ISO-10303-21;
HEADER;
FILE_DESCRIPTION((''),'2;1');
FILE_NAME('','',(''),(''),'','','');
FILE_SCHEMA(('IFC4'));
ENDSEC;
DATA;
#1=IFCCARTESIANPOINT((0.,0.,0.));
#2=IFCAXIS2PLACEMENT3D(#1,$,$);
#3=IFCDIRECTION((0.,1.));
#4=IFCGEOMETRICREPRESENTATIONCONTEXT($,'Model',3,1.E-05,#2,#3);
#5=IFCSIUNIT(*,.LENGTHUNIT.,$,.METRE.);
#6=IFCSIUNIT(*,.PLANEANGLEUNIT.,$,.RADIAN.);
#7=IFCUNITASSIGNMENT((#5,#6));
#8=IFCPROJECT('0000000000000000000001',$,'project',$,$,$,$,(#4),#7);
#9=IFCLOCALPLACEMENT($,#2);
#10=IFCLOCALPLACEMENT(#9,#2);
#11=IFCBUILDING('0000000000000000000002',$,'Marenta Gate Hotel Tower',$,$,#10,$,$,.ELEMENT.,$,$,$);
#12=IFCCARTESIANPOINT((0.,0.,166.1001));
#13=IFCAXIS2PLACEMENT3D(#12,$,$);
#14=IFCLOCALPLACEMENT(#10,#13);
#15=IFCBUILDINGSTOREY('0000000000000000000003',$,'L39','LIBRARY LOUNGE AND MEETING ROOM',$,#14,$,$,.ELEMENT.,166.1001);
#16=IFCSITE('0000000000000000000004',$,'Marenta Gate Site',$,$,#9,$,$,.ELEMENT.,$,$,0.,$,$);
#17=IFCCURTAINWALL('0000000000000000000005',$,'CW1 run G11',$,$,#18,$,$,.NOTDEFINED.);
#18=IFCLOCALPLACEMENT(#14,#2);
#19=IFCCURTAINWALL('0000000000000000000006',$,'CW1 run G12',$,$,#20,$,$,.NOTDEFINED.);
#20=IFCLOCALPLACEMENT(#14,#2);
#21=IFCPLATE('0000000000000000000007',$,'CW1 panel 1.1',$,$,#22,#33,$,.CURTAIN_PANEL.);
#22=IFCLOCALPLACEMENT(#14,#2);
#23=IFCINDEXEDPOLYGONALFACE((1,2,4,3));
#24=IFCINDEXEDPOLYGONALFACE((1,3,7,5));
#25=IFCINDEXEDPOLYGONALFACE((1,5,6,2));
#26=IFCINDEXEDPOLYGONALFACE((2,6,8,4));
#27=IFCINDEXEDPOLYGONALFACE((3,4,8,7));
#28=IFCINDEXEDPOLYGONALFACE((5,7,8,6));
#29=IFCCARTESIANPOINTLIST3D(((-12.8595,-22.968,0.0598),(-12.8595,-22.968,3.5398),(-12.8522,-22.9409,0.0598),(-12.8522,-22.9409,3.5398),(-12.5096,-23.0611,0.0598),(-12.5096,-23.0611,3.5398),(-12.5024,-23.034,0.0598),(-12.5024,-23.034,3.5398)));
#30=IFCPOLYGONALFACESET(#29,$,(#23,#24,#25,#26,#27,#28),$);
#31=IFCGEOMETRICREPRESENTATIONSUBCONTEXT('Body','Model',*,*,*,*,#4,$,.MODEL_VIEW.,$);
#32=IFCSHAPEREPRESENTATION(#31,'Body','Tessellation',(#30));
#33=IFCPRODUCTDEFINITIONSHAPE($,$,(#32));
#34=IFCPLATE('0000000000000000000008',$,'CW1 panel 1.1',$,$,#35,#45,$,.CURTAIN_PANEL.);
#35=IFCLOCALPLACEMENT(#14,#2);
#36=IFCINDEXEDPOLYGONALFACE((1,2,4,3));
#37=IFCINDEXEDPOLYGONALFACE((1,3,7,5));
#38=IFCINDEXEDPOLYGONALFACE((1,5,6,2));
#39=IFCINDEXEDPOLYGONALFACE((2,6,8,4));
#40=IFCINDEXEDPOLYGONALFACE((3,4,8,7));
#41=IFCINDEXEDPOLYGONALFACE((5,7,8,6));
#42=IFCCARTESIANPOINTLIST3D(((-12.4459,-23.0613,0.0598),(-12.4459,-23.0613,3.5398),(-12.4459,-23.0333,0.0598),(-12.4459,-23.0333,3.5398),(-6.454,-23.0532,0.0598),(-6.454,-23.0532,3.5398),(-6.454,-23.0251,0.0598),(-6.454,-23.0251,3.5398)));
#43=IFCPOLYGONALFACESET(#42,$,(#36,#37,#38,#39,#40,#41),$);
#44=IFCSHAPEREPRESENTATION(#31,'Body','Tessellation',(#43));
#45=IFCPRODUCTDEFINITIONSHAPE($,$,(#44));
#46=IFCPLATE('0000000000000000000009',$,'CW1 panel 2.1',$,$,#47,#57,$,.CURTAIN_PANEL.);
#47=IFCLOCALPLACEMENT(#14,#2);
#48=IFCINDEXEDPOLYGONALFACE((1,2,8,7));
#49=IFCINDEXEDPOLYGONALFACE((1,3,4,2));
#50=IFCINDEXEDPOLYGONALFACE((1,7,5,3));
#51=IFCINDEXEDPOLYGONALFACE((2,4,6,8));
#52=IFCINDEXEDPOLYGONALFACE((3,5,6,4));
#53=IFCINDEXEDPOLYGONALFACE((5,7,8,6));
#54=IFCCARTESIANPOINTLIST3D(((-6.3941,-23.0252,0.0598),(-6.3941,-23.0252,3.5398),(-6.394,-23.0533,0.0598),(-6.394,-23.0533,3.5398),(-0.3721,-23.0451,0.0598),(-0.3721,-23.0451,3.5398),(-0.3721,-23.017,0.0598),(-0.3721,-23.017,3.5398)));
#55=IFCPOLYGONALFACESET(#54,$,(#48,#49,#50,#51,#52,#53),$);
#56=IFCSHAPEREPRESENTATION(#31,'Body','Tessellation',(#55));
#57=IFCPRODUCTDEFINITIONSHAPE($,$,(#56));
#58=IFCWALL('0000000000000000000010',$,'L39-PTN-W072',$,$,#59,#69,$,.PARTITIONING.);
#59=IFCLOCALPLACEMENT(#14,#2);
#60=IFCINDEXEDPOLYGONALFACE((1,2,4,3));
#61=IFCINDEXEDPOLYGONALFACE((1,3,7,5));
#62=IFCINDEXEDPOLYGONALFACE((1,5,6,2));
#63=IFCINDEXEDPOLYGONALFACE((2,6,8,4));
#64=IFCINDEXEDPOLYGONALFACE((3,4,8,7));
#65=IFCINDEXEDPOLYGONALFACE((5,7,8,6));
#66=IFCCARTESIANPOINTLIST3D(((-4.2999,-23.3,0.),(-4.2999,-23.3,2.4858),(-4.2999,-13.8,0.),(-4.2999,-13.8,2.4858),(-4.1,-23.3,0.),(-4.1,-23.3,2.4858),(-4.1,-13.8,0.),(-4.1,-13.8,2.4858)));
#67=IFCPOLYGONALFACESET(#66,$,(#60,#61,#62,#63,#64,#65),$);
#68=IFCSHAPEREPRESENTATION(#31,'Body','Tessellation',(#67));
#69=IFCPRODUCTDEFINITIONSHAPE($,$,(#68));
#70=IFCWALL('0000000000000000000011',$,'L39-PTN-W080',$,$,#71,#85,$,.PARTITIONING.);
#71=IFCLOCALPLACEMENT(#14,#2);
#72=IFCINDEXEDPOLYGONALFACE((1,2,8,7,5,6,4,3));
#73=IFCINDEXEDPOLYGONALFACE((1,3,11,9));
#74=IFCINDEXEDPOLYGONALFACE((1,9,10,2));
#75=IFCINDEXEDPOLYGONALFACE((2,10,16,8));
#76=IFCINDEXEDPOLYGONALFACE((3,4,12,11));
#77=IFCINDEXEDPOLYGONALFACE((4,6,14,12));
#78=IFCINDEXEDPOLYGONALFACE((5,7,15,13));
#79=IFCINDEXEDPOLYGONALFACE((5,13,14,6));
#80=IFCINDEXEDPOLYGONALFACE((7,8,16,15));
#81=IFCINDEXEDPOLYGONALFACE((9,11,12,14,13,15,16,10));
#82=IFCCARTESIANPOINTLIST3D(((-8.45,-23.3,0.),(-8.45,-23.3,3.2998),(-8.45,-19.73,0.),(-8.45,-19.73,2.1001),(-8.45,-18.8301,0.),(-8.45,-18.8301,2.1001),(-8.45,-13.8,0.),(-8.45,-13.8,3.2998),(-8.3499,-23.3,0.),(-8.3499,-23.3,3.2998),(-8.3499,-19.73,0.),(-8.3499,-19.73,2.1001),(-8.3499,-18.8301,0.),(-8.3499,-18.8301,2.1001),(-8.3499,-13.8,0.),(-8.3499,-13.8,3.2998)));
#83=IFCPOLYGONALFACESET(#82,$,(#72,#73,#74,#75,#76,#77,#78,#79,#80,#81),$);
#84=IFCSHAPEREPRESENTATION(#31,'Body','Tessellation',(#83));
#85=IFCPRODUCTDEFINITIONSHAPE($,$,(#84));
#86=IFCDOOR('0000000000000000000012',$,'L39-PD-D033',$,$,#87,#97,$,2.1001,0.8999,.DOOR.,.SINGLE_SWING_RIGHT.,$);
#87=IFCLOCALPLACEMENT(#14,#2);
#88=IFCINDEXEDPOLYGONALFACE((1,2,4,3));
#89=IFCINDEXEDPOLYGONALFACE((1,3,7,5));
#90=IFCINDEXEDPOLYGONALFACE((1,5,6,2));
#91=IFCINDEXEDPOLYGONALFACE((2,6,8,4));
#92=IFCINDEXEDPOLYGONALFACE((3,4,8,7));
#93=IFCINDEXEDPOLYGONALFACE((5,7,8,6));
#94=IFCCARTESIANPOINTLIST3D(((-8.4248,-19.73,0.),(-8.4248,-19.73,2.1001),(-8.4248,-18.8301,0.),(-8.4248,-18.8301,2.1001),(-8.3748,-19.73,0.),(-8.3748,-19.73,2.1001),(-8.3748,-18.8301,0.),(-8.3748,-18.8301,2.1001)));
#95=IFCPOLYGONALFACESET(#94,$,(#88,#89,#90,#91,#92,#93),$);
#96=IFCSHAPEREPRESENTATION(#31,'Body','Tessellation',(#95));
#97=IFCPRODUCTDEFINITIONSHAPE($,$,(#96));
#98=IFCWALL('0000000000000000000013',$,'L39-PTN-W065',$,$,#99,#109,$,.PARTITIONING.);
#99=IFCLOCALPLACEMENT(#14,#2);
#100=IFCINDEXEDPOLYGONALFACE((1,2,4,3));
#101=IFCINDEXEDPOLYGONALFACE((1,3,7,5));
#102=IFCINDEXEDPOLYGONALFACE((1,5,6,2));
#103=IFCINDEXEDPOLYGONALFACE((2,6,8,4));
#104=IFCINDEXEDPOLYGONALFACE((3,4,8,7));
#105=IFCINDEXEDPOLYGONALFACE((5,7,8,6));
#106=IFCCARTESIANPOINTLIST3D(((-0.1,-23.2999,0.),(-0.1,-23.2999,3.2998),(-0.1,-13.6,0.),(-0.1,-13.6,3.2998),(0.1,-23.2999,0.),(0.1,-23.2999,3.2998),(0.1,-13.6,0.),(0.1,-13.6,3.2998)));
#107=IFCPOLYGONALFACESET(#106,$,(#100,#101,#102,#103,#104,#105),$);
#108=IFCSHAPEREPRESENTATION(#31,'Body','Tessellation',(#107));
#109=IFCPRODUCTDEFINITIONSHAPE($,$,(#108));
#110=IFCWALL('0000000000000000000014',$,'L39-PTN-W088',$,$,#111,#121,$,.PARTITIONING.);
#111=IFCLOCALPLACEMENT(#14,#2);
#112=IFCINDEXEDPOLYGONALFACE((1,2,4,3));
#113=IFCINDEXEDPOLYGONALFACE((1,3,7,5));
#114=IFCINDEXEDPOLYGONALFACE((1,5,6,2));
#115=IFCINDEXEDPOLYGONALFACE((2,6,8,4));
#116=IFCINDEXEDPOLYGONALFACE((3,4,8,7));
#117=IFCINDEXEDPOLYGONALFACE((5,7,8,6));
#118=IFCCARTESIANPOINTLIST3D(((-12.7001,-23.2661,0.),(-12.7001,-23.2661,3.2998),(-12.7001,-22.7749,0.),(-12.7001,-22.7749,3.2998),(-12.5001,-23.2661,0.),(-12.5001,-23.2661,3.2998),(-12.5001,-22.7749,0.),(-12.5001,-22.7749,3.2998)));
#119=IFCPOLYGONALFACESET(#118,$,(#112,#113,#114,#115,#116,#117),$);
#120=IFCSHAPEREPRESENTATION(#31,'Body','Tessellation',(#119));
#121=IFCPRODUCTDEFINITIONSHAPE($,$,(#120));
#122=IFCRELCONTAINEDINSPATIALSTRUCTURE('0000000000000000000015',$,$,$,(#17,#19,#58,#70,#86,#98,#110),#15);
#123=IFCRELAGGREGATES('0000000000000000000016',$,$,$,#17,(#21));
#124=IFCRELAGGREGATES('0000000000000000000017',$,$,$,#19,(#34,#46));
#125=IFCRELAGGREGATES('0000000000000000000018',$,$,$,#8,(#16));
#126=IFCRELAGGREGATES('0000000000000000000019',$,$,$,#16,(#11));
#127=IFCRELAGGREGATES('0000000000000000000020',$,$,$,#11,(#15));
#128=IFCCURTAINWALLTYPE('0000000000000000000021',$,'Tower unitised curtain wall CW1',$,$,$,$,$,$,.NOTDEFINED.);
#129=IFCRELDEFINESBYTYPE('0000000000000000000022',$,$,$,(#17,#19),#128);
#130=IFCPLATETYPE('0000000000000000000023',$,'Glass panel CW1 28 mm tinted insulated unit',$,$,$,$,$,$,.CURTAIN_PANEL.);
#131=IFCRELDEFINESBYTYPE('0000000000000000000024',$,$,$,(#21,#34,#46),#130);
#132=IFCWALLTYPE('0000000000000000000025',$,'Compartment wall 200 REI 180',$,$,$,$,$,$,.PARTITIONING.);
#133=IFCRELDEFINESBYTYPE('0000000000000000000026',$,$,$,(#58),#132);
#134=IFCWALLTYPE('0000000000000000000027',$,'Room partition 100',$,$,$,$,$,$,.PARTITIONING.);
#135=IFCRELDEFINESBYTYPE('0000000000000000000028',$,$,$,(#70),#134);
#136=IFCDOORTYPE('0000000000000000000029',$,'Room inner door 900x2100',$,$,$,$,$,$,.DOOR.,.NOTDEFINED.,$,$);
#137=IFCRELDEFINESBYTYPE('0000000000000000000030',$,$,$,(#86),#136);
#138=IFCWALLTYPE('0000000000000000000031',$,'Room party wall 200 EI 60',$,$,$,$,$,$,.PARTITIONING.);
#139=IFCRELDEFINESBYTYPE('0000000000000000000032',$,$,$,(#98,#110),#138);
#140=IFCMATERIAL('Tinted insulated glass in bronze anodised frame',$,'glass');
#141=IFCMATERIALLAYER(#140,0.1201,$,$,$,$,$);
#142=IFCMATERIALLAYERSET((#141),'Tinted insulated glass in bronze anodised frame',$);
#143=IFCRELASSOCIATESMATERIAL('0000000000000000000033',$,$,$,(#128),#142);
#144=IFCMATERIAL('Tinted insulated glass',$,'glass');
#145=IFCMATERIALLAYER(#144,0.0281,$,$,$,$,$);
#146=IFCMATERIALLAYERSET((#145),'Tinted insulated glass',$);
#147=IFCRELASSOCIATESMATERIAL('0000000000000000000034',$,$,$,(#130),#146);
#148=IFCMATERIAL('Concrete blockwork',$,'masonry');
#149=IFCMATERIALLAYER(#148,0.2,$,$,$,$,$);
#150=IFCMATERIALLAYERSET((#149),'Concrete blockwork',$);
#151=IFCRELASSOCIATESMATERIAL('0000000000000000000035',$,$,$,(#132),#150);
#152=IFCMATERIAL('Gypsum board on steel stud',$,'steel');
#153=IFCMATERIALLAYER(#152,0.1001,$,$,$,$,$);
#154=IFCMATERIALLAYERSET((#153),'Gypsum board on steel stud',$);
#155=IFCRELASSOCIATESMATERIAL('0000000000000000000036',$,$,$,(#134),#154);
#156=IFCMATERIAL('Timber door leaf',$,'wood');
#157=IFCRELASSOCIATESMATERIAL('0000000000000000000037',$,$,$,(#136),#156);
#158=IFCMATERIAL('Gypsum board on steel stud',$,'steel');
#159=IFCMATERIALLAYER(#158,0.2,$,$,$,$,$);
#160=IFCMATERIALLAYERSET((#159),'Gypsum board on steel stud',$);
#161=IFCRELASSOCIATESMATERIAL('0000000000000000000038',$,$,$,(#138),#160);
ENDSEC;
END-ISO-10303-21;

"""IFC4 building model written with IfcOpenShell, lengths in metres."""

from ifc_helpers import new_model, si_unit, direction, frame, frame_2d, origin, origin_2d, place, context, subcontext, project, spatial, rectangle, extrude, material, layer, layer_set, type_object, element, fill, aggregate, save


model = new_model("IFC4")

# Units and contexts
model_context = context("Model", 3, precision=1e-05, world=origin(), true_north=direction((0.0, 1.0)))
body_context = subcontext(model_context, "Body", "Model", "MODEL_VIEW")
ifc_project = project(units=[si_unit("LENGTHUNIT", "METRE"), si_unit("PLANEANGLEUNIT", "RADIAN")], contexts=[model_context])

# Site, building, storey
site_placement = place(None, origin())
site = spatial("IfcSite", under=ifc_project, at=site_placement, Name="Marenta Gate Site", CompositionType="ELEMENT", RefElevation=0.0)
building_placement = place(site_placement, origin())
building = spatial("IfcBuilding", under=site, at=building_placement, Name="Marenta Gate Hotel Tower", CompositionType="ELEMENT")
storey_placement = place(building_placement, frame((0.0, 0.0, 166.1001)))
storey = spatial("IfcBuildingStorey", under=building, at=storey_placement, Name="L39", Description="LIBRARY LOUNGE AND MEETING ROOM", CompositionType="ELEMENT", Elevation=166.1001)

# Curtain wall
ifc_material_1 = material(Name="Tinted insulated glass in bronze anodised frame", Category="glass")
ifc_layer_1 = layer(ifc_material_1, 0.1201)
ifc_layer_set_1 = layer_set([ifc_layer_1], Name="Tinted insulated glass in bronze anodised frame")
curtain_wall_type = type_object("IfcCurtainWallType", Name="Tower unitised curtain wall CW1", PredefinedType="NOTDEFINED", material=ifc_layer_set_1)
curtain_wall_1_placement = place(storey_placement, origin())
curtain_wall_1 = element("IfcCurtainWall", 1, at=curtain_wall_1_placement, inside=storey, type_object=curtain_wall_type, Name="CW1 run G11", PredefinedType="NOTDEFINED")

# Curtain wall
curtain_wall_2_placement = place(storey_placement, origin())
curtain_wall_2 = element("IfcCurtainWall", 2, at=curtain_wall_2_placement, inside=storey, type_object=curtain_wall_type, Name="CW1 run G12", PredefinedType="NOTDEFINED")

# Shared definitions
ifc_material_2 = material(Name="Tinted insulated glass", Category="glass")
ifc_layer_2 = layer(ifc_material_2, 0.0281)
ifc_layer_set_2 = layer_set([ifc_layer_2], Name="Tinted insulated glass")
plate_type = type_object("IfcPlateType", Name="Glass panel CW1 28 mm tinted insulated unit", PredefinedType="CURTAIN_PANEL", material=ifc_layer_set_2)

# Plates
plate_1_placement = place(storey_placement, frame((-12.6809, -23.001, 0.0598), z_axis=(0.0, 0.0, 1.0), x_axis=(0.96638, -0.257117, 0.0)))
plate_1 = element("IfcPlate", 3, at=plate_1_placement, type_object=plate_type, Name="CW1 panel 1.1", PredefinedType="CURTAIN_PANEL", context=body_context, shape_type="SweptSolid", body=[
    extrude(rectangle(XDim=0.3621, YDim=0.0281, at=origin_2d()), origin(), (0.0, 0.0, 1.0), 3.48),
])
aggregate(curtain_wall_1, [plate_1])
plate_2_placement = place(storey_placement, frame((-9.45, -23.0432, 0.0598), z_axis=(0.0, 0.0, 1.0), x_axis=(0.999999, 0.001365, 0.0)))
plate_2 = element("IfcPlate", 4, at=plate_2_placement, type_object=plate_type, Name="CW1 panel 1.1", PredefinedType="CURTAIN_PANEL", context=body_context, shape_type="SweptSolid", body=[
    extrude(rectangle(XDim=5.9919, YDim=0.0281, at=origin_2d()), origin(), (0.0, 0.0, 1.0), 3.48),
])
plate_3_placement = place(storey_placement, frame((-3.3831, -23.0352, 0.0598), z_axis=(0.0, 0.0, 1.0), x_axis=(0.999999, 0.001365, 0.0)))
plate_3 = element("IfcPlate", 5, at=plate_3_placement, type_object=plate_type, Name="CW1 panel 2.1", PredefinedType="CURTAIN_PANEL", context=body_context, shape_type="SweptSolid", body=[
    extrude(rectangle(XDim=6.022, YDim=0.0281, at=origin_2d()), origin(), (0.0, 0.0, 1.0), 3.48),
])
aggregate(curtain_wall_2, [plate_2, plate_3])

# Wall
ifc_material_3 = material(Name="Concrete blockwork", Category="masonry")
ifc_layer_3 = layer(ifc_material_3, 0.2)
ifc_layer_set_3 = layer_set([ifc_layer_3], Name="Concrete blockwork")
wall_type_1 = type_object("IfcWallType", Name="Compartment wall 200 REI 180", PredefinedType="PARTITIONING", material=ifc_layer_set_3)
wall_1_placement = place(storey_placement, frame((-4.2, -23.3, 0.0), z_axis=(0.0, 0.0, 1.0), x_axis=(0.0, 1.0, 0.0)))
element("IfcWall", 6, at=wall_1_placement, inside=storey, type_object=wall_type_1, Name="L39-PTN-W072", PredefinedType="PARTITIONING", context=body_context, shape_type="SweptSolid", body=[
    extrude(rectangle(XDim=9.5, YDim=0.2, at=frame_2d((4.75, 0.0))), origin(), (0.0, 0.0, 1.0), 2.4858),
])

# Wall, opening, door
ifc_material_4 = material(Name="Gypsum board on steel stud", Category="steel")
ifc_layer_4 = layer(ifc_material_4, 0.1001)
ifc_layer_set_4 = layer_set([ifc_layer_4], Name="Gypsum board on steel stud")
wall_type_2 = type_object("IfcWallType", Name="Room partition 100", PredefinedType="PARTITIONING", material=ifc_layer_set_4)
wall_2_placement = place(storey_placement, frame((-8.3999, -23.3, 0.0), z_axis=(0.0, 0.0, 1.0), x_axis=(0.0, 1.0, 0.0)))
wall_2 = element("IfcWall", 7, at=wall_2_placement, inside=storey, type_object=wall_type_2, Name="L39-PTN-W080", PredefinedType="PARTITIONING", context=body_context, shape_type="SweptSolid", body=[
    extrude(rectangle(XDim=9.5, YDim=0.1001, at=frame_2d((4.75, 0.0))), origin(), (0.0, 0.0, 1.0), 3.2998),
])
opening_placement = place(wall_2_placement, frame((3.5701, 0.0, 0.0)))
opening = element("IfcOpeningElement", 8, at=opening_placement, cuts=wall_2, PredefinedType="OPENING", context=body_context, shape_type="SweptSolid", body=[
    extrude(rectangle(XDim=0.8999, YDim=2.1001, at=frame_2d((0.45, 1.05))), frame((0.0, 0.05, 0.0), z_axis=(0.0, -1.0, 0.0), x_axis=(1.0, 0.0, 0.0)), (0.0, 0.0, 1.0), 0.1001),
])
ifc_material_5 = material(Name="Timber door leaf", Category="wood")
door_type = type_object("IfcDoorType", Name="Room inner door 900x2100", OperationType="NOTDEFINED", PredefinedType="DOOR", material=ifc_material_5)
door_placement = place(opening_placement, origin())
door = element("IfcDoor", 9, at=door_placement, inside=storey, type_object=door_type, Name="L39-PD-D033", OperationType="SINGLE_SWING_RIGHT", OverallHeight=2.1001, OverallWidth=0.8999, PredefinedType="DOOR", context=body_context, shape_type="SweptSolid", body=[
    extrude(rectangle(XDim=0.8999, YDim=2.1001, at=frame_2d((0.45, 1.05))), frame((0.0, 0.0249, 0.0), z_axis=(0.0, -1.0, 0.0), x_axis=(1.0, 0.0, 0.0)), (0.0, 0.0, 1.0), 0.05),
])
fill(opening, door)

# Walls
ifc_material_6 = material(Name="Gypsum board on steel stud", Category="steel")
ifc_layer_5 = layer(ifc_material_6, 0.2)
ifc_layer_set_5 = layer_set([ifc_layer_5], Name="Gypsum board on steel stud")
wall_type_3 = type_object("IfcWallType", Name="Room party wall 200 EI 60", PredefinedType="PARTITIONING", material=ifc_layer_set_5)
wall_3_placement = place(storey_placement, frame((0.0, -23.3, 0.0), z_axis=(0.0, 0.0, 1.0), x_axis=(0.0, 1.0, 0.0)))
element("IfcWall", 10, at=wall_3_placement, inside=storey, type_object=wall_type_3, Name="L39-PTN-W065", PredefinedType="PARTITIONING", context=body_context, shape_type="SweptSolid", body=[
    extrude(rectangle(XDim=9.7, YDim=0.2, at=frame_2d((4.8501, 0.0))), origin(), (0.0, 0.0, 1.0), 3.2998),
])
wall_4_placement = place(storey_placement, frame((-12.6001, -23.2661, 0.0), z_axis=(0.0, 0.0, 1.0), x_axis=(0.0, 1.0, 0.0)))
element("IfcWall", 11, at=wall_4_placement, inside=storey, type_object=wall_type_3, Name="L39-PTN-W088", PredefinedType="PARTITIONING", context=body_context, shape_type="SweptSolid", body=[
    extrude(rectangle(XDim=0.4912, YDim=0.2, at=frame_2d((0.2456, 0.0))), origin(), (0.0, 0.0, 1.0), 3.2998),
])

save(model, "model.ifc")
